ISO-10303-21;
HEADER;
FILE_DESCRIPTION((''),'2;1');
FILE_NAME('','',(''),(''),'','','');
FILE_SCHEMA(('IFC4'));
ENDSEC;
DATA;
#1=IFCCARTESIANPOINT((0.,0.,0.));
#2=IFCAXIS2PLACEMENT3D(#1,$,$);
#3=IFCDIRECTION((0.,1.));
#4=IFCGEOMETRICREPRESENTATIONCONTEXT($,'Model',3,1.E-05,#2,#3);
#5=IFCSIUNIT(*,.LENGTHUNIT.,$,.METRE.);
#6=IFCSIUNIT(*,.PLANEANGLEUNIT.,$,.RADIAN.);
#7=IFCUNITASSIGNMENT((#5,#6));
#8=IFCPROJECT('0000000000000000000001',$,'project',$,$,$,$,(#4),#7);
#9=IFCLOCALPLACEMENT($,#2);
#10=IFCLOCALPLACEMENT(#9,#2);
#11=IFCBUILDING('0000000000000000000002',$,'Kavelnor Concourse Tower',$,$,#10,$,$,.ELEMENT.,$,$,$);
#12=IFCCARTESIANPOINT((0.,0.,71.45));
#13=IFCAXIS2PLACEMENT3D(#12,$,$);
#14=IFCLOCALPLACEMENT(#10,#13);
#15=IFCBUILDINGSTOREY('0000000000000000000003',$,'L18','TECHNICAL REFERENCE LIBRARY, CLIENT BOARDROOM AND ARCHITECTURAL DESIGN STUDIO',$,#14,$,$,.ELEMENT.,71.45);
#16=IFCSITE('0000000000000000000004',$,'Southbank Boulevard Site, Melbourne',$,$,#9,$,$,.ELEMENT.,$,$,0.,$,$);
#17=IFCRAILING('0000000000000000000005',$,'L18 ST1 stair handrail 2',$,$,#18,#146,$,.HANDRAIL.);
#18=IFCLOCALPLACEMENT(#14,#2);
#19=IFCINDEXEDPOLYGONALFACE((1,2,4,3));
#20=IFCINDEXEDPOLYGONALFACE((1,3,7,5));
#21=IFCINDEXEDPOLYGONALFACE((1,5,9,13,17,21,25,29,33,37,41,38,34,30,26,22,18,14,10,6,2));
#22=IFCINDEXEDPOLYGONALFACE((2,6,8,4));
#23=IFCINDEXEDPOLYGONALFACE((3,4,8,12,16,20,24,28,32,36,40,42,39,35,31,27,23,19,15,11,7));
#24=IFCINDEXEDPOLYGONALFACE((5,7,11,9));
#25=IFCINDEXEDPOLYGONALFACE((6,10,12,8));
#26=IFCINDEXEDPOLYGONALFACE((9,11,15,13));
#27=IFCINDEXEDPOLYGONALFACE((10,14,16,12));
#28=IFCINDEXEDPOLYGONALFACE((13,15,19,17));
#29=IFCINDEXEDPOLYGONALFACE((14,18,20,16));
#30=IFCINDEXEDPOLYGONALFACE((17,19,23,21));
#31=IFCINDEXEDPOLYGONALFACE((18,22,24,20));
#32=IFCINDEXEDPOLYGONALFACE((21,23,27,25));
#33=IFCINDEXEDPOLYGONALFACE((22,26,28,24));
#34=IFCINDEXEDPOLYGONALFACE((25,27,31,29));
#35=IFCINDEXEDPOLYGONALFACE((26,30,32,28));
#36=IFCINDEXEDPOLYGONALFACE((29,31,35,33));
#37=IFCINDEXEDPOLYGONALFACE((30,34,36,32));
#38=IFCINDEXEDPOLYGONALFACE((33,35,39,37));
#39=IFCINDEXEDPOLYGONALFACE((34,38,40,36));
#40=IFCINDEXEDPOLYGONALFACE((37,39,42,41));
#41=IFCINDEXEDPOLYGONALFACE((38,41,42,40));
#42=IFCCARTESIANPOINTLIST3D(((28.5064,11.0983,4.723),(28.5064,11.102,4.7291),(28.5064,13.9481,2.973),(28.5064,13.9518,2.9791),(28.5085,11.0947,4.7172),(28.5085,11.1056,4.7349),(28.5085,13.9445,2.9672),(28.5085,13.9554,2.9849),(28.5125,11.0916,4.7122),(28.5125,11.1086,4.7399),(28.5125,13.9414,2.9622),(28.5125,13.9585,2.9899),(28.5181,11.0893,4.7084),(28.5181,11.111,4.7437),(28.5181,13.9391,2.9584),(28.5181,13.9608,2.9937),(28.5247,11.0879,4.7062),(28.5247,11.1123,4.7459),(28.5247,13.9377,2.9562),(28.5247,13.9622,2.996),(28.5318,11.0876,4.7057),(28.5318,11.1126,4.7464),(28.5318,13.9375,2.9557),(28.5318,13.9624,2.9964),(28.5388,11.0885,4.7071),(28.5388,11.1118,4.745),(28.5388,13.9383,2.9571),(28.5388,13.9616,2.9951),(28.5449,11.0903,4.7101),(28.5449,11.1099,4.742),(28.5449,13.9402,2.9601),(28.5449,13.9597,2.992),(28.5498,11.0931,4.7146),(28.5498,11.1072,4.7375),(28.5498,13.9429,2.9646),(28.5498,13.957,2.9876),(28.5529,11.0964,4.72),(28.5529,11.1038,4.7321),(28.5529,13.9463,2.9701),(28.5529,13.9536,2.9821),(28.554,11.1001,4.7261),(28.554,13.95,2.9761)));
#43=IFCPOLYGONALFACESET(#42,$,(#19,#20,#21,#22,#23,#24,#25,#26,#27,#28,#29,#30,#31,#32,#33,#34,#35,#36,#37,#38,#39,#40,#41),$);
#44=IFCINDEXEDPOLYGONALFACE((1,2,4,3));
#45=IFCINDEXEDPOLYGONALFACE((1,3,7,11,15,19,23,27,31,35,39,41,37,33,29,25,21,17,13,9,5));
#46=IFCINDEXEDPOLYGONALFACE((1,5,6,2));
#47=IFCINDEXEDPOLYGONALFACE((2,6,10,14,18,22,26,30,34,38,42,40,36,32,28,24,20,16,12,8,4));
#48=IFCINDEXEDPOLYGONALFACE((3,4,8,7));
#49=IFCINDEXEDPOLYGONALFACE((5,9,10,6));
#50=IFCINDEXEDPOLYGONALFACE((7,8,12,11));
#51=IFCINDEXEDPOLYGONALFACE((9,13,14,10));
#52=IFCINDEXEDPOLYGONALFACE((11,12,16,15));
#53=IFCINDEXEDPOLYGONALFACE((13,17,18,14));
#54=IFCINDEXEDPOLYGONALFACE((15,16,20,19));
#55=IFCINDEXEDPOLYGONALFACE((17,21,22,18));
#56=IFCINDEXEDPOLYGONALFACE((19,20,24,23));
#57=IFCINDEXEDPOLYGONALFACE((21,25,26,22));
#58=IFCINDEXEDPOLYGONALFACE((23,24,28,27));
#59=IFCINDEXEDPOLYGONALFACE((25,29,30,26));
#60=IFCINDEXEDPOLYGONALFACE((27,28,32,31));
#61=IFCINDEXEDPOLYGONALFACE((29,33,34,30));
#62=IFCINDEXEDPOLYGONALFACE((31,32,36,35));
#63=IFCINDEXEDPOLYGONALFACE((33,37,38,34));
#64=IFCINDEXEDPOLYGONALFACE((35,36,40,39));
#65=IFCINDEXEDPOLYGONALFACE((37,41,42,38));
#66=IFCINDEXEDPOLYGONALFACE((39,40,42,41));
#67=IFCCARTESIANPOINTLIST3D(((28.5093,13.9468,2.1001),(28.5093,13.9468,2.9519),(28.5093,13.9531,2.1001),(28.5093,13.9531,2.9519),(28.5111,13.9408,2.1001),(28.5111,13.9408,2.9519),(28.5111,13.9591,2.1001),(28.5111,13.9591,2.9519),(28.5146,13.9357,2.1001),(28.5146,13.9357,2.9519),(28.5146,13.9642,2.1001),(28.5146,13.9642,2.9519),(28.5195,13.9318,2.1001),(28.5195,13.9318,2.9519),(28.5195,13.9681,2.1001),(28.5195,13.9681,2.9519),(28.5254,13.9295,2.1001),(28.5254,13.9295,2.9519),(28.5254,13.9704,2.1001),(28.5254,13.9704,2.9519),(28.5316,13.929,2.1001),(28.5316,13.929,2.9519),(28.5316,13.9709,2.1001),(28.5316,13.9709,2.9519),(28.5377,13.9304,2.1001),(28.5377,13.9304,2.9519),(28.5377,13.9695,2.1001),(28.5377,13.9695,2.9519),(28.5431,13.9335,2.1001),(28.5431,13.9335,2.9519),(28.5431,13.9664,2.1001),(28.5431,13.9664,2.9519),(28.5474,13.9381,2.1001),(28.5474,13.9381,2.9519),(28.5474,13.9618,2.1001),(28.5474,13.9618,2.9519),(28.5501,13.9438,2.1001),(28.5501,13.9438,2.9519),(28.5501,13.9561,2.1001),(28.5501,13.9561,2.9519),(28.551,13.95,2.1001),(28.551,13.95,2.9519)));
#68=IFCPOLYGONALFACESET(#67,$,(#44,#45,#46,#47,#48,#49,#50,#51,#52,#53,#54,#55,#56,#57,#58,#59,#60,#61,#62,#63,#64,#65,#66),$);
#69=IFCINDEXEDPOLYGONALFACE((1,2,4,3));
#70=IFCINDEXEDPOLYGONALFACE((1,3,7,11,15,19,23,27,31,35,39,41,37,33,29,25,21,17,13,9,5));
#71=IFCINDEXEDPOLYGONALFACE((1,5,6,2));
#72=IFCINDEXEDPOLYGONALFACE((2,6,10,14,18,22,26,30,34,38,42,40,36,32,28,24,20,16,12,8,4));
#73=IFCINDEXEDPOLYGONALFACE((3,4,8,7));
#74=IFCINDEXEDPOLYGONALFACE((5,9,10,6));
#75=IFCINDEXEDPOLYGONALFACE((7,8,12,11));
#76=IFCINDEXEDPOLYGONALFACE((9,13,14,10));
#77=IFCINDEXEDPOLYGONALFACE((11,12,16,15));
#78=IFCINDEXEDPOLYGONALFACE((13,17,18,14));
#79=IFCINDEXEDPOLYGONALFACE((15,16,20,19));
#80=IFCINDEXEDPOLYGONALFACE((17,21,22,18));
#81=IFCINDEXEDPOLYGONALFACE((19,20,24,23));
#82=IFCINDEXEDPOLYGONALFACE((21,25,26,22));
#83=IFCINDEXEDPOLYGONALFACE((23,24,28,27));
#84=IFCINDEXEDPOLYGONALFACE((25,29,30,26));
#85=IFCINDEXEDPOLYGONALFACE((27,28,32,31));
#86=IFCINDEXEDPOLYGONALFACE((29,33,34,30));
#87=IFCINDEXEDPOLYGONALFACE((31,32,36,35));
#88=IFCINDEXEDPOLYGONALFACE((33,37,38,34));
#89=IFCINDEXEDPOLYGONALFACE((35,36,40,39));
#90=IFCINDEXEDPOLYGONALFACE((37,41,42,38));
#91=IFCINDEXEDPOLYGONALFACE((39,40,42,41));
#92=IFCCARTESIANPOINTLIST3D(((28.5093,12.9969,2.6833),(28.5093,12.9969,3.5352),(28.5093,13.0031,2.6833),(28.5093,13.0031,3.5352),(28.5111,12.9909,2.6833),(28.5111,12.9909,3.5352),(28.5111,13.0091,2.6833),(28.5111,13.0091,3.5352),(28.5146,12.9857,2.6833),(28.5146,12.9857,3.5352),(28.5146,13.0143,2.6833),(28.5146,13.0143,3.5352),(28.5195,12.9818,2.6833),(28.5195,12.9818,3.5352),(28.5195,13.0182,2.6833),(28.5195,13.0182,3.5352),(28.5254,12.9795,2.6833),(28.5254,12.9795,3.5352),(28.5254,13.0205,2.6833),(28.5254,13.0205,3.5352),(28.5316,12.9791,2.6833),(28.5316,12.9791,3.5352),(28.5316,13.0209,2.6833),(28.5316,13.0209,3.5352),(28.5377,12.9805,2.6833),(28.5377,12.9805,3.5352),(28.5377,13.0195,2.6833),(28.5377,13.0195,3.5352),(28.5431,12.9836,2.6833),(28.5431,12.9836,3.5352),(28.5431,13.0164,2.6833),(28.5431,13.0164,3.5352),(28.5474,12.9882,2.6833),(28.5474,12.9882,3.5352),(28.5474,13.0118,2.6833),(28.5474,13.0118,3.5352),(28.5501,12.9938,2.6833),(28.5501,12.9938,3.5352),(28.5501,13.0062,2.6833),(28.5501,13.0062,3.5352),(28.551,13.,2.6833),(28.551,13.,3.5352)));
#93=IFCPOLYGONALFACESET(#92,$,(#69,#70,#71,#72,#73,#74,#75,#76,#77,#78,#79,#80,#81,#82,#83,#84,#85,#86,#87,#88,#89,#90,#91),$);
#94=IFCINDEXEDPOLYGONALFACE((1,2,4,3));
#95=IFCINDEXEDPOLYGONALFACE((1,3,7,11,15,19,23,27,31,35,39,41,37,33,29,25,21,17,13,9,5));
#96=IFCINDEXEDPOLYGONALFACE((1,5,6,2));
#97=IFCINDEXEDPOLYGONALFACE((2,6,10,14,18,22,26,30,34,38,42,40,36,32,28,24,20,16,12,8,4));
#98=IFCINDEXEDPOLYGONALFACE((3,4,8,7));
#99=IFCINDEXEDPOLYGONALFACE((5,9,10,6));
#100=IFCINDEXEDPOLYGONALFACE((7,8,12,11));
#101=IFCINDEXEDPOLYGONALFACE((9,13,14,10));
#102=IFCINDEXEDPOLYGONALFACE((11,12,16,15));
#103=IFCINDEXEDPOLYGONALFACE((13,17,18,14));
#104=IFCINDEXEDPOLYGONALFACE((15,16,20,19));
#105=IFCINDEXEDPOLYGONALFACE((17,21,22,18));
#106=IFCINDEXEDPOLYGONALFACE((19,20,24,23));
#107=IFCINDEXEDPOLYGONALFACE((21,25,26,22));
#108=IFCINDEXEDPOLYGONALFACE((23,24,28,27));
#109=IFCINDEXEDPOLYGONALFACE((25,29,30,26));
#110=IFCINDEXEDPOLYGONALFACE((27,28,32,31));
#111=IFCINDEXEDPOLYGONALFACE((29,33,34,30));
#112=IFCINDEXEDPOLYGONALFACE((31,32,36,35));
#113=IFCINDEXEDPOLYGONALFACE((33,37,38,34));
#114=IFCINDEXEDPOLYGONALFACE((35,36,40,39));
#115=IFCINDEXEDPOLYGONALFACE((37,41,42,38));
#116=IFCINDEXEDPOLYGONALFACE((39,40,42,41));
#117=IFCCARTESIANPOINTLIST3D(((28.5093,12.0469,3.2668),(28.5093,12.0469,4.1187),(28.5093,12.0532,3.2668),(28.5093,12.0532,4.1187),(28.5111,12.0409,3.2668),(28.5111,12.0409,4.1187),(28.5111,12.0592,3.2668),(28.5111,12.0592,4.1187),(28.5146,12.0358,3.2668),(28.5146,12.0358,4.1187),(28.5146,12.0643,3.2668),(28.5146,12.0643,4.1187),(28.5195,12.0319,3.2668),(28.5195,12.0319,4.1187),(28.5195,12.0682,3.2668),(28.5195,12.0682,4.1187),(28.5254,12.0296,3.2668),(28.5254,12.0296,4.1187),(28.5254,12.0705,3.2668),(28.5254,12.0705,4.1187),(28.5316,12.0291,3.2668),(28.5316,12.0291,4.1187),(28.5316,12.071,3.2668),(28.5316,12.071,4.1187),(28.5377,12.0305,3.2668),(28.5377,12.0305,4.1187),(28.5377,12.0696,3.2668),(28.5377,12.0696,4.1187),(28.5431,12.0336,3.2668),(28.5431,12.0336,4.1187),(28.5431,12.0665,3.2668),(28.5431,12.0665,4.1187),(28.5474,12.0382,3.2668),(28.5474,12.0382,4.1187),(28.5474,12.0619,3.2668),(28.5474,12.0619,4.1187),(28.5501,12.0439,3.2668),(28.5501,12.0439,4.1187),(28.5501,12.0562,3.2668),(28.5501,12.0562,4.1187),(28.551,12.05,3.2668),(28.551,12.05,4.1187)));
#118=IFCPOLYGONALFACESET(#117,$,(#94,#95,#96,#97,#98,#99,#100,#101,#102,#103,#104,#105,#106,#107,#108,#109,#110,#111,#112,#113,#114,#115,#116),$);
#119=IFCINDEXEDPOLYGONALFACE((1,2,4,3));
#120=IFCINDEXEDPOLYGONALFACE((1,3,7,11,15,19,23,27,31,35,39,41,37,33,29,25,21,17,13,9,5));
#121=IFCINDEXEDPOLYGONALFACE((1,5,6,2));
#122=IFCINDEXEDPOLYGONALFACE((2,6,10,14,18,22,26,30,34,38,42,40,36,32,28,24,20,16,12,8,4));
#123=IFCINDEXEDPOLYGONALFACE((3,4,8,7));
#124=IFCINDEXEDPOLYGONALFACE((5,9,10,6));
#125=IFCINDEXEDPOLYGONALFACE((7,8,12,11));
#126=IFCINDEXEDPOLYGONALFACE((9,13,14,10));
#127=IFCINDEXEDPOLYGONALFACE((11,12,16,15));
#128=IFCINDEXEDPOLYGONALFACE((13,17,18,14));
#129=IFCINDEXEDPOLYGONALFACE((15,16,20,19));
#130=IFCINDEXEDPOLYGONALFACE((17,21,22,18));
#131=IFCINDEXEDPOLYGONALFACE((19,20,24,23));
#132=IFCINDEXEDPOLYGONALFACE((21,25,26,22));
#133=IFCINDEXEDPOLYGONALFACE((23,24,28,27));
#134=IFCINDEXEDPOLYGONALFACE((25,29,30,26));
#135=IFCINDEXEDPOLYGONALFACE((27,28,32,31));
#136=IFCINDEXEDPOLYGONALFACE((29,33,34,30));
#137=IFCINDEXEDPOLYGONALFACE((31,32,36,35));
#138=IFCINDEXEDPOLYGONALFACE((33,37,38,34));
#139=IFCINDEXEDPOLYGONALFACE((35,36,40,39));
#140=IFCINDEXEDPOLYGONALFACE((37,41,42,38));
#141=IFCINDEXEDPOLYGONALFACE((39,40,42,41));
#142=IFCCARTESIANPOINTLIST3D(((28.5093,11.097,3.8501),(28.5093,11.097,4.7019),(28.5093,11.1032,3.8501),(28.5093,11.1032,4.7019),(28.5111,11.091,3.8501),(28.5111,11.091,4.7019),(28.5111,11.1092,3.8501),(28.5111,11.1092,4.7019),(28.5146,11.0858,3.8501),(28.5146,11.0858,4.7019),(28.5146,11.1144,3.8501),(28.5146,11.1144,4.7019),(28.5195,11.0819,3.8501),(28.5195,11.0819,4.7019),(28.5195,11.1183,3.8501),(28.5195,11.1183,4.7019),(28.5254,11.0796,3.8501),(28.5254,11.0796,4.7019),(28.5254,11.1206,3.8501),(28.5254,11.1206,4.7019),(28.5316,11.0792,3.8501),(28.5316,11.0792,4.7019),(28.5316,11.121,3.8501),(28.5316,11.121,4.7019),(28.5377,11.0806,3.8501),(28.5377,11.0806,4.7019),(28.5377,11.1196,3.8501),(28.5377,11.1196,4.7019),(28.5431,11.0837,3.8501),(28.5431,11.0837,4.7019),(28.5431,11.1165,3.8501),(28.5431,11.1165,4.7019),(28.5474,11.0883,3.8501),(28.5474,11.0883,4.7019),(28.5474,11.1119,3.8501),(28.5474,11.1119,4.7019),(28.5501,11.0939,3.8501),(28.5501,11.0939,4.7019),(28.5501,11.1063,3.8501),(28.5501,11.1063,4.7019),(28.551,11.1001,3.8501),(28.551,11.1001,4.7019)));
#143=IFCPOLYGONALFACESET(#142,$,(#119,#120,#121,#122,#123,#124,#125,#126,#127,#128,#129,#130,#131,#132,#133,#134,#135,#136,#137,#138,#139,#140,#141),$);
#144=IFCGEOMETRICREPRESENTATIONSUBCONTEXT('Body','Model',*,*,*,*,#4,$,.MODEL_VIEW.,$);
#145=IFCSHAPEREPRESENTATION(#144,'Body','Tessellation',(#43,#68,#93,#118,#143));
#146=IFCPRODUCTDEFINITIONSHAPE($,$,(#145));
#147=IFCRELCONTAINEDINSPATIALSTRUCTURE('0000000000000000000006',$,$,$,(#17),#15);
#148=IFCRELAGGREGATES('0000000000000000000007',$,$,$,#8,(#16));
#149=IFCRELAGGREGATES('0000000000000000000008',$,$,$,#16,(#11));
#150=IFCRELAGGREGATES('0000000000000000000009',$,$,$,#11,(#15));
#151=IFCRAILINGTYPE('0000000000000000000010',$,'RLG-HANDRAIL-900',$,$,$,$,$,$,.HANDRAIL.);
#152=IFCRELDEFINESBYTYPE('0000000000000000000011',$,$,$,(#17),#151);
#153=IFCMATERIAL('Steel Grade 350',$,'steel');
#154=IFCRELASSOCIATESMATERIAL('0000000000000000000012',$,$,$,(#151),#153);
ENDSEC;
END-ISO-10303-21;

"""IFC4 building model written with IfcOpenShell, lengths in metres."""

from ifc_helpers import new_model, si_unit, direction, frame, origin, origin_2d, place, context, subcontext, project, spatial, circle, extrude, material, type_object, element, save


model = new_model("IFC4")

# Units and contexts
model_context = context("Model", 3, precision=1e-05, world=origin(), true_north=direction((0.0, 1.0)))
body_context = subcontext(model_context, "Body", "Model", "MODEL_VIEW")
ifc_project = project(units=[si_unit("LENGTHUNIT", "METRE"), si_unit("PLANEANGLEUNIT", "RADIAN")], contexts=[model_context])

# Site, building, storey
site_placement = place(None, origin())
site = spatial("IfcSite", under=ifc_project, at=site_placement, Name="Southbank Boulevard Site, Melbourne", CompositionType="ELEMENT", RefElevation=0.0)
building_placement = place(site_placement, origin())
building = spatial("IfcBuilding", under=site, at=building_placement, Name="Kavelnor Concourse Tower", CompositionType="ELEMENT")
storey_placement = place(building_placement, frame((0.0, 0.0, 71.45)))
storey = spatial("IfcBuildingStorey", under=building, at=storey_placement, Name="L18", Description="TECHNICAL REFERENCE LIBRARY, CLIENT BOARDROOM AND ARCHITECTURAL DESIGN STUDIO", CompositionType="ELEMENT", Elevation=71.45)

# Shared definitions
ifc_material_1 = material(Name="Steel Grade 350", Category="steel")

# Railing
railing_type_1 = type_object("IfcRailingType", Name="RLG-HANDRAIL-900", PredefinedType="HANDRAIL", material=ifc_material_1)
railing_1_placement = place(storey_placement, frame((28.53, 13.95, 2.1001)))
element("IfcRailing", 1, at=railing_1_placement, inside=storey, type_object=railing_type_1, Name="L18 ST1 stair handrail 2", PredefinedType="HANDRAIL", context=body_context, shape_type="SweptSolid", body=[
    extrude(circle(Radius=0.0239, at=origin_2d()), frame((0.0, 0.0, 0.876), z_axis=(0.0, -0.852159, 0.523283), x_axis=(1.0, 0.0, 0.0)), (0.0, 0.0, 1.0), 3.3442),
    extrude(circle(Radius=0.021, at=origin_2d()), origin(), (0.0, 0.0, 1.0), 0.8518),
    extrude(circle(Radius=0.021, at=origin_2d()), frame((0.0, -0.95, 0.5833)), (0.0, 0.0, 1.0), 0.8518),
    extrude(circle(Radius=0.021, at=origin_2d()), frame((0.0, -1.8999, 1.1667)), (0.0, 0.0, 1.0), 0.8518),
    extrude(circle(Radius=0.021, at=origin_2d()), frame((0.0, -2.8499, 1.75)), (0.0, 0.0, 1.0), 0.8518),
])

save(model, "model.ifc")
